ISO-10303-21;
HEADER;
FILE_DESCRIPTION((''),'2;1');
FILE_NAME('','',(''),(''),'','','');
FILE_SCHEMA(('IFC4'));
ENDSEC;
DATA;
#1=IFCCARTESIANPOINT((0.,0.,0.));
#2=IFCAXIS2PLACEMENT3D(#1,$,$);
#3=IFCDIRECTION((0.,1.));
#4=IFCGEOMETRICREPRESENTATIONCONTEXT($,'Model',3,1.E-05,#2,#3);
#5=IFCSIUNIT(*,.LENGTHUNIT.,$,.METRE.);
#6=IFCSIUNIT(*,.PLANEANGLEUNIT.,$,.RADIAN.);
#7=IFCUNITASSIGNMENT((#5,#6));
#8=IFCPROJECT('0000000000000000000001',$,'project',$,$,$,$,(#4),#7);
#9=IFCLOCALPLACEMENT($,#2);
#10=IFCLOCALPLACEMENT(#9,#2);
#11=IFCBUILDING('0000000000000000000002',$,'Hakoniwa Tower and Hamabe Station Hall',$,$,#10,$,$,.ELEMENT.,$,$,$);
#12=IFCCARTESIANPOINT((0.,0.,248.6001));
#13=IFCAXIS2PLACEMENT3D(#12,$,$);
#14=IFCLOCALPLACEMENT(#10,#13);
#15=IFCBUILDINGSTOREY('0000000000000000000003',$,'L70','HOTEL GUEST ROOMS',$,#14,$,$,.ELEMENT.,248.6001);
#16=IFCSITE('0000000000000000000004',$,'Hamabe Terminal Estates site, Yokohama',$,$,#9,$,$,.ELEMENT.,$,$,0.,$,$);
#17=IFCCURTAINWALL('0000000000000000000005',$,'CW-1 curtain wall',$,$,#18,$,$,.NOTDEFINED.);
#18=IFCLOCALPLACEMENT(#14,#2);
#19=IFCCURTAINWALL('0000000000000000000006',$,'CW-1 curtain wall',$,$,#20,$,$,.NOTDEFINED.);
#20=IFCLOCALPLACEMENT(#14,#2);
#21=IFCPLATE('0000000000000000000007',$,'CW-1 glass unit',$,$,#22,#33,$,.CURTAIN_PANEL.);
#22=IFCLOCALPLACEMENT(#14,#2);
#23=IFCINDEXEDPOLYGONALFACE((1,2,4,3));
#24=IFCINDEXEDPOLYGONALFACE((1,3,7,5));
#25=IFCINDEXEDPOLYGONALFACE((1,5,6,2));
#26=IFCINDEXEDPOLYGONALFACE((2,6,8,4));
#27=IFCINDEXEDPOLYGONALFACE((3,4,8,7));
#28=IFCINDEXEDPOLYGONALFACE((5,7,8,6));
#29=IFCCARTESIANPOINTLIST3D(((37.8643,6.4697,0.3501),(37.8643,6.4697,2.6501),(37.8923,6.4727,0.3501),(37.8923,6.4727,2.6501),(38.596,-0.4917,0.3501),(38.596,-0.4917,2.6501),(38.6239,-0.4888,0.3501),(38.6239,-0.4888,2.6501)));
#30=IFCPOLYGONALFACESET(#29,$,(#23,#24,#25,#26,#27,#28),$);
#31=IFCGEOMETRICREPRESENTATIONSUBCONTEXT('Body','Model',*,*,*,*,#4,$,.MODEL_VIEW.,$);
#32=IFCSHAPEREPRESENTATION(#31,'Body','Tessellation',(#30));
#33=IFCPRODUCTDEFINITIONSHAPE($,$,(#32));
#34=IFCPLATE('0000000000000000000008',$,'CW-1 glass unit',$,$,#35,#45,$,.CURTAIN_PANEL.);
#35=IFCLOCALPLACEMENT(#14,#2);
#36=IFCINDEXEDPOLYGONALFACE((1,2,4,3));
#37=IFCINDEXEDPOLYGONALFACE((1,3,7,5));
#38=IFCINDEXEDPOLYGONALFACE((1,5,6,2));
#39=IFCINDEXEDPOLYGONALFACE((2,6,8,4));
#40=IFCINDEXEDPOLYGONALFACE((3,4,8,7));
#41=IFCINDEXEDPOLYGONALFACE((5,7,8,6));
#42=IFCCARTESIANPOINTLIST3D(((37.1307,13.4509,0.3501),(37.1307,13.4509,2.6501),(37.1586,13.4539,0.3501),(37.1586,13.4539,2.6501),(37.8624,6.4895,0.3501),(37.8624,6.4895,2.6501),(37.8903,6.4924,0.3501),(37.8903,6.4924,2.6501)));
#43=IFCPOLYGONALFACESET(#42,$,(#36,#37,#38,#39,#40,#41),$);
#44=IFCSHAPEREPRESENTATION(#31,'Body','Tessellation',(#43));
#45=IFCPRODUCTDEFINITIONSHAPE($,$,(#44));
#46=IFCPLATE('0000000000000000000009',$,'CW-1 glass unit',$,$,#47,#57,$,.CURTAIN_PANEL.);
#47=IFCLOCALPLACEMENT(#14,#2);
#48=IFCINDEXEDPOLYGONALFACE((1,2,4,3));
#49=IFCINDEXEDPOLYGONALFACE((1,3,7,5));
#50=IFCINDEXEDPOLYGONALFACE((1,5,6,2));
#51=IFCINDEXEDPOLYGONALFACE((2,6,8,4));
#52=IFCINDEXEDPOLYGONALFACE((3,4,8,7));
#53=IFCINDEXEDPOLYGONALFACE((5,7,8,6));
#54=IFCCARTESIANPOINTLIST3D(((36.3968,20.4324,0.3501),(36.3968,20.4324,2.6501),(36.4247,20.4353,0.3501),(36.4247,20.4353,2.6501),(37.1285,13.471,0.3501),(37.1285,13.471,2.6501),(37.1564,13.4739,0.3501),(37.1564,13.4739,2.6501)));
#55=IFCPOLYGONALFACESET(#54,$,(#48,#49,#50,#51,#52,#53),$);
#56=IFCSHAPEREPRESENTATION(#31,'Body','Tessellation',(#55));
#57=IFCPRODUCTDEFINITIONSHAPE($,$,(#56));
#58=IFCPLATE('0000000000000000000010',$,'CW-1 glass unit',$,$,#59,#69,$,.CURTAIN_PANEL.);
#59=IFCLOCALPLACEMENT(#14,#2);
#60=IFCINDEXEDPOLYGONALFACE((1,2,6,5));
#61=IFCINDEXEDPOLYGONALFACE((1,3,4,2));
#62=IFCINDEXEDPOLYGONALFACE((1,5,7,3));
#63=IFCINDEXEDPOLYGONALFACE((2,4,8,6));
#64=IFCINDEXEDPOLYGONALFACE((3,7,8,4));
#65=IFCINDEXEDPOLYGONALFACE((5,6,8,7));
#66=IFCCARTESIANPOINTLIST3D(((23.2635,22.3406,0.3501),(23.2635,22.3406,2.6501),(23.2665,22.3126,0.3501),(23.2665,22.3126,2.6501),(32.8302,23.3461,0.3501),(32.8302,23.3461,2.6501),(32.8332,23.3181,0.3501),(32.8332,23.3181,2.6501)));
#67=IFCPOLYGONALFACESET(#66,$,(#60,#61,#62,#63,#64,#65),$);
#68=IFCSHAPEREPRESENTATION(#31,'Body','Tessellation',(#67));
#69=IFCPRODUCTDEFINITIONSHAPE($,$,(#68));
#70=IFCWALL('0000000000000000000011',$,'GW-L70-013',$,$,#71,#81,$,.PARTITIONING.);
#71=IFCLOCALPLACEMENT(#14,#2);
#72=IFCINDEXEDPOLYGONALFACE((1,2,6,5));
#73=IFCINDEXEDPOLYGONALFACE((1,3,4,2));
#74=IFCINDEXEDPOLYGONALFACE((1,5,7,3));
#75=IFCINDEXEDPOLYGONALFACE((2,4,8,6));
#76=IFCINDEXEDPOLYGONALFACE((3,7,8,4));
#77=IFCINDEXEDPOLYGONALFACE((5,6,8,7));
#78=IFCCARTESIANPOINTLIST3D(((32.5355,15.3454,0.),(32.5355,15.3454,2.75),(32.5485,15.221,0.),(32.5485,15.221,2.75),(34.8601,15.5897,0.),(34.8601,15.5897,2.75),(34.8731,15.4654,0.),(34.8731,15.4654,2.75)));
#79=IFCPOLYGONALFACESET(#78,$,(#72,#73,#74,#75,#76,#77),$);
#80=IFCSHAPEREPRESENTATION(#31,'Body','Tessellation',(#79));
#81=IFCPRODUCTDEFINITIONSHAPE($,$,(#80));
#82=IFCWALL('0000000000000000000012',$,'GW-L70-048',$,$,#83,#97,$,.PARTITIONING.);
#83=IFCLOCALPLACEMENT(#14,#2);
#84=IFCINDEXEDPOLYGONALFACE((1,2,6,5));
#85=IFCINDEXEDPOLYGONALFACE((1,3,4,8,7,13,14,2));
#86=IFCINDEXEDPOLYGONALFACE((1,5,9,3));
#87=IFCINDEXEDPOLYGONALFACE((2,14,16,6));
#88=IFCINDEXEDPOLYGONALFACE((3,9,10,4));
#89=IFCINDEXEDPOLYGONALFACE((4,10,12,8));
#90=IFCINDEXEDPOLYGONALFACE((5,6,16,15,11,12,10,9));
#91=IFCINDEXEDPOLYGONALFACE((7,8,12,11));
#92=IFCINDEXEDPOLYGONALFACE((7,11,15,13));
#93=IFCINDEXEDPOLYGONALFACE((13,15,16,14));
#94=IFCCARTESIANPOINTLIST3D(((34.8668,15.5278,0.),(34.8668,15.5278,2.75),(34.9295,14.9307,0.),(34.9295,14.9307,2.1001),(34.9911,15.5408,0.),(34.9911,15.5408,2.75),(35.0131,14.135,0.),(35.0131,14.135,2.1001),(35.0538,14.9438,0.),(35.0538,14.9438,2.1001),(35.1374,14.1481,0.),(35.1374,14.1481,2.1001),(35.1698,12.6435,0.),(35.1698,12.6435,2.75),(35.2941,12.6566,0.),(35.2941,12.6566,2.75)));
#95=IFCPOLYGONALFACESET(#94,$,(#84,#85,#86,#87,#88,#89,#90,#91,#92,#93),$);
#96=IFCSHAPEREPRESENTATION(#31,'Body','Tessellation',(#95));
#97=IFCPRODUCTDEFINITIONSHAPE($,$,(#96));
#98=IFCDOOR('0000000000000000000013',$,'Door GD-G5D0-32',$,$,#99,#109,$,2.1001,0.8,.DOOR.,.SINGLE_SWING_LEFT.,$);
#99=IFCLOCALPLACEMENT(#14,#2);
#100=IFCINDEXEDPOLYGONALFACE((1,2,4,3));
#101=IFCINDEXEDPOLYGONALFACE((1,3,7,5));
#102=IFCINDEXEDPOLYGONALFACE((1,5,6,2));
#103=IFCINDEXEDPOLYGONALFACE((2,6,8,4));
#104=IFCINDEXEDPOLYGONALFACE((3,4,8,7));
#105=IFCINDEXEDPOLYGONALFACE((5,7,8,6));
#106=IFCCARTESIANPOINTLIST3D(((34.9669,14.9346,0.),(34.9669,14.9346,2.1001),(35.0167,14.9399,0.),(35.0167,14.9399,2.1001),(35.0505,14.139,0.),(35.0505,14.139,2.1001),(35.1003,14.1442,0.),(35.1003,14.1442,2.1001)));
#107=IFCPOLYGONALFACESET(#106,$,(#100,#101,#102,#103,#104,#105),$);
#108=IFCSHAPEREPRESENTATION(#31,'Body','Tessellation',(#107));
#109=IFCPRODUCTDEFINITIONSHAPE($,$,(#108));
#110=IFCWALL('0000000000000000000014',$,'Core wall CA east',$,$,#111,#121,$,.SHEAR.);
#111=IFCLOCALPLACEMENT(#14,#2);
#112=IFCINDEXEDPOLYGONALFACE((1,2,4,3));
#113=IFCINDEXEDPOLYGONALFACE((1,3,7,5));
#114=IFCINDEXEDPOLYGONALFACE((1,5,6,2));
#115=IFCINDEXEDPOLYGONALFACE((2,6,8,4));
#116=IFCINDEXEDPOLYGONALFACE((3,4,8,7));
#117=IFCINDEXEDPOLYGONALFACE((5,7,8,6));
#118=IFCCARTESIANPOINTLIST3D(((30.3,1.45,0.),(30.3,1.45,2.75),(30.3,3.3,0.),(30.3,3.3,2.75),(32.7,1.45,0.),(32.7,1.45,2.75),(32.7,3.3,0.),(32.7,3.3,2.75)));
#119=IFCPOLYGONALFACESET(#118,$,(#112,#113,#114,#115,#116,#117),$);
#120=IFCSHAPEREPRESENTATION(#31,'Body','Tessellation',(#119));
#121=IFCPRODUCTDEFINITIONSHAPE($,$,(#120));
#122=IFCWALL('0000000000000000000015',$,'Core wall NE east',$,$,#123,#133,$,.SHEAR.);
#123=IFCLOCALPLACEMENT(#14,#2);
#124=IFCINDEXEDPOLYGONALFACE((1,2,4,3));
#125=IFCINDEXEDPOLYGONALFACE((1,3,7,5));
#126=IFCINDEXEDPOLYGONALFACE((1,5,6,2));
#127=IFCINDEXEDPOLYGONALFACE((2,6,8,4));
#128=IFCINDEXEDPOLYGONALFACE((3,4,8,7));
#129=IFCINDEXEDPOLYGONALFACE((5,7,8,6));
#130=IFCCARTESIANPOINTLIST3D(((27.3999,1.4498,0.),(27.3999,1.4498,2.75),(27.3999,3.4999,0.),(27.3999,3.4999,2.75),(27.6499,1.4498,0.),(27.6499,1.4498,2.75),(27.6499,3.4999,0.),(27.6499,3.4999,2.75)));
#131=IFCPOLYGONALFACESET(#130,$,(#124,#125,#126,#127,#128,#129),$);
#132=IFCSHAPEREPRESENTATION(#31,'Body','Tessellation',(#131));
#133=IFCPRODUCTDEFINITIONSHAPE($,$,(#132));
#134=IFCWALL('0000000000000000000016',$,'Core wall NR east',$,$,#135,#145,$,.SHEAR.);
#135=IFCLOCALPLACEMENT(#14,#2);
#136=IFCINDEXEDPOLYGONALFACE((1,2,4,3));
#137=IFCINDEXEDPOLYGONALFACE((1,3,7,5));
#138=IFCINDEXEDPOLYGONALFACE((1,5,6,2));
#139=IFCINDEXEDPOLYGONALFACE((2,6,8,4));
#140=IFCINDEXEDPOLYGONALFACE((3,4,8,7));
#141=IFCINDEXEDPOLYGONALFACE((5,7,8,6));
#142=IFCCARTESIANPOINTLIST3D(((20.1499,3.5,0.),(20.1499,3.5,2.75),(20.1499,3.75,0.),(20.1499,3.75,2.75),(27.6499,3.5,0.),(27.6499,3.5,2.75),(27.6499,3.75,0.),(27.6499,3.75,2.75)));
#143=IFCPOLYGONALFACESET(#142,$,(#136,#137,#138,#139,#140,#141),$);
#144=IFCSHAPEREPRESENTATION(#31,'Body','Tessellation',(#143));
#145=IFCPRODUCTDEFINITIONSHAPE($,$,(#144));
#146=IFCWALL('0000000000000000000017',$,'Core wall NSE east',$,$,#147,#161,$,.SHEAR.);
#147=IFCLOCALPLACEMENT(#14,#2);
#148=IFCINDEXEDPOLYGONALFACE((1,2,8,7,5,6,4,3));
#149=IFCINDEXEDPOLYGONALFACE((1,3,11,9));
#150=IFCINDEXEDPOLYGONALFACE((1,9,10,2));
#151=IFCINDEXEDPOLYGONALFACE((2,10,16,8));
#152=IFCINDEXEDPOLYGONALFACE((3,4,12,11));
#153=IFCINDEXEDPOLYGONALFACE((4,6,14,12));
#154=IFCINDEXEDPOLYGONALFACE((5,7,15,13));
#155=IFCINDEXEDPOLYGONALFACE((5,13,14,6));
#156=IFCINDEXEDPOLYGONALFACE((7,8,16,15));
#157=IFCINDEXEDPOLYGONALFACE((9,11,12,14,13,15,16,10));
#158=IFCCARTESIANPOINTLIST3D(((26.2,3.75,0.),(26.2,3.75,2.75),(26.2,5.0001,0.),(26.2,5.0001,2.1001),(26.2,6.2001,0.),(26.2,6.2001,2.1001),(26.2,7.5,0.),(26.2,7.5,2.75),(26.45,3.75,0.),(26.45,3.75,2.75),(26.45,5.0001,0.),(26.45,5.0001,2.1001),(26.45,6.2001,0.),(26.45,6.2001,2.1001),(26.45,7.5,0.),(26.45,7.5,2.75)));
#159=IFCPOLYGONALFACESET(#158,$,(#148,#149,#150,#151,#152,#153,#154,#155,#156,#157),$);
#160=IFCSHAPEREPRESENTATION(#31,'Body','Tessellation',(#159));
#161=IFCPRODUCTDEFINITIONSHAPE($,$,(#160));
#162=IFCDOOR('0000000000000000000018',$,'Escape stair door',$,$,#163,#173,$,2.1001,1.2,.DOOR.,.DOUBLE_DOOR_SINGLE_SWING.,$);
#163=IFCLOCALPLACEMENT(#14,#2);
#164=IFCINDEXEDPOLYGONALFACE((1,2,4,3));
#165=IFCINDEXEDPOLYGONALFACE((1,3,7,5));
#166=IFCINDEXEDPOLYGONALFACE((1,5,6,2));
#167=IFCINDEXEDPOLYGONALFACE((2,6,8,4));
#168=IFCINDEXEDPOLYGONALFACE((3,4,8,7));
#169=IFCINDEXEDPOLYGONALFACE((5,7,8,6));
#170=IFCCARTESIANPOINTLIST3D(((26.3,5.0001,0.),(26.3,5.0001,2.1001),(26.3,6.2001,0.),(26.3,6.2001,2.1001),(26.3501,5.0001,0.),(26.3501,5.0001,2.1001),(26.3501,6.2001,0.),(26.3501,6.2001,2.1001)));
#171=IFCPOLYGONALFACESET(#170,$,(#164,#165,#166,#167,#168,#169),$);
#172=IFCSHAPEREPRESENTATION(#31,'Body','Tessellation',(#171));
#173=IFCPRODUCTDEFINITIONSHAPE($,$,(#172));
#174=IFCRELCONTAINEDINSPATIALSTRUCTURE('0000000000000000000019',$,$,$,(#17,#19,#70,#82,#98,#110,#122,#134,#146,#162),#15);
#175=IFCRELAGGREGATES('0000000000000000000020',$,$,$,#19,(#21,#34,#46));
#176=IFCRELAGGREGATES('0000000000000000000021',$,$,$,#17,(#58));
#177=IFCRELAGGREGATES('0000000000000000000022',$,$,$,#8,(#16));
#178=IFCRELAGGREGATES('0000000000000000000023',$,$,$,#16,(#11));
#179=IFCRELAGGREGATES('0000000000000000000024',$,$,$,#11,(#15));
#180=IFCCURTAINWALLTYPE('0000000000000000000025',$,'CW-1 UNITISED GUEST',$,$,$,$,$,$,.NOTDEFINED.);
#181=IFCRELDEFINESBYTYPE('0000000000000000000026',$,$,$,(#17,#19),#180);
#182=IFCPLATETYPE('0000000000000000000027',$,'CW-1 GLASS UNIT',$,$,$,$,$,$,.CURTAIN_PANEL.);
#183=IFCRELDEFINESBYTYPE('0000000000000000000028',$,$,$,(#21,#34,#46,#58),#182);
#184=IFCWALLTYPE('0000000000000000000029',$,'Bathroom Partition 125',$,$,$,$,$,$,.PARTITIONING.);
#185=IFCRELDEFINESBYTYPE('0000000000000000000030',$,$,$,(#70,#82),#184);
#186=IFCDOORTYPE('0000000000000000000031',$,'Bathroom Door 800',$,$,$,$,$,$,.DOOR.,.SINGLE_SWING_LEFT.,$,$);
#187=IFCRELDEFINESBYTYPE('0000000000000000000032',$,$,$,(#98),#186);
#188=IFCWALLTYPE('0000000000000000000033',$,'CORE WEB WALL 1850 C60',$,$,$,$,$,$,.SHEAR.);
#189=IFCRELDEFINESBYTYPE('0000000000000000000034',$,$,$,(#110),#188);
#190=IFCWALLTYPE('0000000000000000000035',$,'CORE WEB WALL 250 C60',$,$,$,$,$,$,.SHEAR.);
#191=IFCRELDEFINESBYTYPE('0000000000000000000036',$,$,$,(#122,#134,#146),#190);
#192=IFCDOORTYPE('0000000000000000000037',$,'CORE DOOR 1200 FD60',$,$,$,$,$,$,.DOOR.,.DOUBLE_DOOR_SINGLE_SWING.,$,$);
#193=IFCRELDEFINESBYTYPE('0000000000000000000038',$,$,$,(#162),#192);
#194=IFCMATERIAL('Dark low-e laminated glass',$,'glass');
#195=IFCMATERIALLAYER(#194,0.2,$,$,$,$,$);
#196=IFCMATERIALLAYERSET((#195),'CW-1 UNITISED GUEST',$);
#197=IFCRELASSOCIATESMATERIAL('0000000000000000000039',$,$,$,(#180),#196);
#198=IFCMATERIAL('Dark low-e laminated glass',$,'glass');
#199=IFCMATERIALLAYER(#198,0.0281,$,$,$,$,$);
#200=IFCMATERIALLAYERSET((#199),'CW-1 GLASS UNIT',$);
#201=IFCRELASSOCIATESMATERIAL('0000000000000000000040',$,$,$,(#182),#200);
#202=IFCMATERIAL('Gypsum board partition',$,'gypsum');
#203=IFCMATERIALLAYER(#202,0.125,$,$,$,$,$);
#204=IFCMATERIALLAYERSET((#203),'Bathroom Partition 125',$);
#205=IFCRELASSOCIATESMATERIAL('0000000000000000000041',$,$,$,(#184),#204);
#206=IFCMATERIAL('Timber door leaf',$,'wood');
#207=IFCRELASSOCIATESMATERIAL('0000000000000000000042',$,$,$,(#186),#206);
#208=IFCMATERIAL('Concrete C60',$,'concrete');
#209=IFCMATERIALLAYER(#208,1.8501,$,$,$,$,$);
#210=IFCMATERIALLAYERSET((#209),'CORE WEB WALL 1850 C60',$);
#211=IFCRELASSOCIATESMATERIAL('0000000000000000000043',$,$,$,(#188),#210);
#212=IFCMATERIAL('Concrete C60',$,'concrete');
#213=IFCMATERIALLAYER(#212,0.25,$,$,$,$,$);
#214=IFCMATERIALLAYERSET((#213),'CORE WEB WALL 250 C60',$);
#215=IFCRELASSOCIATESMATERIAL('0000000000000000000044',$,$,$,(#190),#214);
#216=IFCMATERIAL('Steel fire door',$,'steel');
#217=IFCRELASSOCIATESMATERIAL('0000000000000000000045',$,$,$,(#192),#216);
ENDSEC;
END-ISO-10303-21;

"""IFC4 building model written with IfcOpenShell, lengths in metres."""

from ifc_helpers import new_model, si_unit, direction, frame, frame_2d, origin, origin_2d, place, context, subcontext, project, spatial, rectangle, extrude, material, layer, layer_set, type_object, element, fill, aggregate, save


model = new_model("IFC4")

# Units and contexts
model_context = context("Model", 3, precision=1e-05, world=origin(), true_north=direction((0.0, 1.0)))
body_context = subcontext(model_context, "Body", "Model", "MODEL_VIEW")
ifc_project = project(units=[si_unit("LENGTHUNIT", "METRE"), si_unit("PLANEANGLEUNIT", "RADIAN")], contexts=[model_context])

# Site, building, storey
site_placement = place(None, origin())
site = spatial("IfcSite", under=ifc_project, at=site_placement, Name="Hamabe Terminal Estates site, Yokohama", CompositionType="ELEMENT", RefElevation=0.0)
building_placement = place(site_placement, origin())
building = spatial("IfcBuilding", under=site, at=building_placement, Name="Hakoniwa Tower and Hamabe Station Hall", CompositionType="ELEMENT")
storey_placement = place(building_placement, frame((0.0, 0.0, 248.6001)))
storey = spatial("IfcBuildingStorey", under=building, at=storey_placement, Name="L70", Description="HOTEL GUEST ROOMS", CompositionType="ELEMENT", Elevation=248.6001)

# Curtain wall
ifc_material_1 = material(Name="Dark low-e laminated glass", Category="glass")
ifc_layer_1 = layer(ifc_material_1, 0.2)
ifc_layer_set_1 = layer_set([ifc_layer_1], Name="CW-1 UNITISED GUEST")
curtain_wall_type = type_object("IfcCurtainWallType", Name="CW-1 UNITISED GUEST", PredefinedType="NOTDEFINED", material=ifc_layer_set_1)
curtain_wall_1_placement = place(storey_placement, origin())
curtain_wall_1 = element("IfcCurtainWall", 1, at=curtain_wall_1_placement, inside=storey, type_object=curtain_wall_type, Name="CW-1 curtain wall", PredefinedType="NOTDEFINED")

# Curtain wall
curtain_wall_2_placement = place(storey_placement, origin())
curtain_wall_2 = element("IfcCurtainWall", 2, at=curtain_wall_2_placement, inside=storey, type_object=curtain_wall_type, Name="CW-1 curtain wall", PredefinedType="NOTDEFINED")

# Plates
ifc_material_2 = material(Name="Dark low-e laminated glass", Category="glass")
ifc_layer_2 = layer(ifc_material_2, 0.0281)
ifc_layer_set_2 = layer_set([ifc_layer_2], Name="CW-1 GLASS UNIT")
plate_type = type_object("IfcPlateType", Name="CW-1 GLASS UNIT", PredefinedType="CURTAIN_PANEL", material=ifc_layer_set_2)
plate_1_placement = place(storey_placement, frame((38.2441, 2.9905, 0.3501), z_axis=(0.0, 0.0, 1.0), x_axis=(-0.104528, 0.994522, 0.0)))
plate_1 = element("IfcPlate", 3, at=plate_1_placement, type_object=plate_type, Name="CW-1 glass unit", PredefinedType="CURTAIN_PANEL", context=body_context, shape_type="SweptSolid", body=[
    extrude(rectangle(XDim=6.9998, YDim=0.0281, at=origin_2d()), origin(), (0.0, 0.0, 1.0), 2.3),
])
plate_2_placement = place(storey_placement, frame((37.5105, 9.9717, 0.3501), z_axis=(0.0, 0.0, 1.0), x_axis=(-0.104528, 0.994522, 0.0)))
plate_2 = element("IfcPlate", 4, at=plate_2_placement, type_object=plate_type, Name="CW-1 glass unit", PredefinedType="CURTAIN_PANEL", context=body_context, shape_type="SweptSolid", body=[
    extrude(rectangle(XDim=6.9998, YDim=0.0281, at=origin_2d()), origin(), (0.0, 0.0, 1.0), 2.3),
])
plate_3_placement = place(storey_placement, frame((36.7766, 16.9531, 0.3501), z_axis=(0.0, 0.0, 1.0), x_axis=(-0.104528, 0.994522, 0.0)))
plate_3 = element("IfcPlate", 5, at=plate_3_placement, type_object=plate_type, Name="CW-1 glass unit", PredefinedType="CURTAIN_PANEL", context=body_context, shape_type="SweptSolid", body=[
    extrude(rectangle(XDim=6.9998, YDim=0.0281, at=origin_2d()), origin(), (0.0, 0.0, 1.0), 2.3),
])
aggregate(curtain_wall_2, [plate_1, plate_2, plate_3])
plate_4_placement = place(storey_placement, frame((28.0483, 22.8293, 0.3501), z_axis=(0.0, 0.0, 1.0), x_axis=(-0.994522, -0.104528, 0.0)))
plate_4 = element("IfcPlate", 6, at=plate_4_placement, type_object=plate_type, Name="CW-1 glass unit", PredefinedType="CURTAIN_PANEL", context=body_context, shape_type="SweptSolid", body=[
    extrude(rectangle(XDim=9.6194, YDim=0.0281, at=origin_2d()), origin(), (0.0, 0.0, 1.0), 2.3),
])
aggregate(curtain_wall_1, [plate_4])

# Wall
ifc_material_3 = material(Name="Gypsum board partition", Category="gypsum")
ifc_layer_3 = layer(ifc_material_3, 0.125)
ifc_layer_set_3 = layer_set([ifc_layer_3], Name="Bathroom Partition 125")
wall_type_1 = type_object("IfcWallType", Name="Bathroom Partition 125", PredefinedType="PARTITIONING", material=ifc_layer_set_3)
wall_1_placement = place(storey_placement, frame((32.542, 15.2832, 0.0), z_axis=(0.0, 0.0, 1.0), x_axis=(0.99452, 0.104549, 0.0)))
element("IfcWall", 7, at=wall_1_placement, inside=storey, type_object=wall_type_1, Name="GW-L70-013", PredefinedType="PARTITIONING", context=body_context, shape_type="SweptSolid", body=[
    extrude(rectangle(XDim=2.3374, YDim=0.125, at=frame_2d((1.1687, 0.0))), origin(), (0.0, 0.0, 1.0), 2.75),
])

# Wall, opening, door
wall_2_placement = place(storey_placement, frame((35.2319, 12.6499, 0.0), z_axis=(0.0, 0.0, 1.0), x_axis=(-0.10447, 0.994528, 0.0)))
wall_2 = element("IfcWall", 8, at=wall_2_placement, inside=storey, type_object=wall_type_1, Name="GW-L70-048", PredefinedType="PARTITIONING", context=body_context, shape_type="SweptSolid", body=[
    extrude(rectangle(XDim=2.9001, YDim=0.125, at=frame_2d((1.4502, 0.0))), origin(), (0.0, 0.0, 1.0), 2.75),
])
opening_1_placement = place(wall_2_placement, frame((1.5, 0.0, 0.0)))
opening_1 = element("IfcOpeningElement", 9, at=opening_1_placement, cuts=wall_2, PredefinedType="OPENING", context=body_context, shape_type="SweptSolid", body=[
    extrude(rectangle(XDim=0.8, YDim=2.1001, at=frame_2d((0.3999, 1.05))), frame((0.0, 0.0725, 0.0), z_axis=(0.0, -1.0, 0.0), x_axis=(1.0, 0.0, 0.0)), (0.0, 0.0, 1.0), 0.145),
])
ifc_material_4 = material(Name="Timber door leaf", Category="wood")
door_type_1 = type_object("IfcDoorType", Name="Bathroom Door 800", OperationType="SINGLE_SWING_LEFT", PredefinedType="DOOR", material=ifc_material_4)
door_1_placement = place(opening_1_placement, origin())
door_1 = element("IfcDoor", 10, at=door_1_placement, inside=storey, type_object=door_type_1, Name="Door GD-G5D0-32", OperationType="SINGLE_SWING_LEFT", OverallHeight=2.1001, OverallWidth=0.8, PredefinedType="DOOR", context=body_context, shape_type="SweptSolid", body=[
    extrude(rectangle(XDim=0.8, YDim=2.1001, at=frame_2d((0.3999, 1.05))), frame((0.0, 0.0249, 0.0), z_axis=(0.0, -1.0, 0.0), x_axis=(1.0, 0.0, 0.0)), (0.0, 0.0, 1.0), 0.05),
])
fill(opening_1, door_1)

# Walls
ifc_material_5 = material(Name="Concrete C60", Category="concrete")
ifc_layer_4 = layer(ifc_material_5, 1.8501)
ifc_layer_set_4 = layer_set([ifc_layer_4], Name="CORE WEB WALL 1850 C60")
wall_type_2 = type_object("IfcWallType", Name="CORE WEB WALL 1850 C60", PredefinedType="SHEAR", material=ifc_layer_set_4)
wall_3_placement = place(storey_placement, frame((30.3, 2.375, 0.0), z_axis=(0.0, 0.0, 1.0), x_axis=(1.0, 0.0, 0.0)))
element("IfcWall", 11, at=wall_3_placement, inside=storey, type_object=wall_type_2, Name="Core wall CA east", PredefinedType="SHEAR", context=body_context, shape_type="SweptSolid", body=[
    extrude(rectangle(XDim=2.3999, YDim=1.8501, at=frame_2d((1.2, 0.0))), origin(), (0.0, 0.0, 1.0), 2.75),
])
ifc_material_6 = material(Name="Concrete C60", Category="concrete")
ifc_layer_5 = layer(ifc_material_6, 0.25)
ifc_layer_set_5 = layer_set([ifc_layer_5], Name="CORE WEB WALL 250 C60")
wall_type_3 = type_object("IfcWallType", Name="CORE WEB WALL 250 C60", PredefinedType="SHEAR", material=ifc_layer_set_5)
wall_4_placement = place(storey_placement, frame((27.5249, 1.45, 0.0), z_axis=(0.0, 0.0, 1.0), x_axis=(0.0, 1.0, 0.0)))
element("IfcWall", 12, at=wall_4_placement, inside=storey, type_object=wall_type_3, Name="Core wall NE east", PredefinedType="SHEAR", context=body_context, shape_type="SweptSolid", body=[
    extrude(rectangle(XDim=2.05, YDim=0.25, at=frame_2d((1.0249, 0.0))), origin(), (0.0, 0.0, 1.0), 2.75),
])
wall_5_placement = place(storey_placement, frame((20.1499, 3.625, 0.0), z_axis=(0.0, 0.0, 1.0), x_axis=(1.0, 0.0, 0.0)))
element("IfcWall", 13, at=wall_5_placement, inside=storey, type_object=wall_type_3, Name="Core wall NR east", PredefinedType="SHEAR", context=body_context, shape_type="SweptSolid", body=[
    extrude(rectangle(XDim=7.5, YDim=0.25, at=frame_2d((3.75, 0.0))), origin(), (0.0, 0.0, 1.0), 2.75),
])

# Wall, opening, door
wall_6_placement = place(storey_placement, frame((26.325, 3.75, 0.0), z_axis=(0.0, 0.0, 1.0), x_axis=(0.0, 1.0, 0.0)))
wall_6 = element("IfcWall", 14, at=wall_6_placement, inside=storey, type_object=wall_type_3, Name="Core wall NSE east", PredefinedType="SHEAR", context=body_context, shape_type="SweptSolid", body=[
    extrude(rectangle(XDim=3.75, YDim=0.25, at=frame_2d((1.875, 0.0))), origin(), (0.0, 0.0, 1.0), 2.75),
])
opening_2_placement = place(wall_6_placement, frame((1.25, 0.0, 0.0)))
opening_2 = element("IfcOpeningElement", 15, at=opening_2_placement, cuts=wall_6, PredefinedType="OPENING", context=body_context, shape_type="SweptSolid", body=[
    extrude(rectangle(XDim=1.2, YDim=2.1001, at=frame_2d((0.6001, 1.05))), frame((0.0, 0.135, 0.0), z_axis=(0.0, -1.0, 0.0), x_axis=(1.0, 0.0, 0.0)), (0.0, 0.0, 1.0), 0.27),
])
ifc_material_7 = material(Name="Steel fire door", Category="steel")
door_type_2 = type_object("IfcDoorType", Name="CORE DOOR 1200 FD60", OperationType="DOUBLE_DOOR_SINGLE_SWING", PredefinedType="DOOR", material=ifc_material_7)
door_2_placement = place(opening_2_placement, origin())
door_2 = element("IfcDoor", 16, at=door_2_placement, inside=storey, type_object=door_type_2, Name="Escape stair door", OperationType="DOUBLE_DOOR_SINGLE_SWING", OverallHeight=2.1001, OverallWidth=1.2, PredefinedType="DOOR", context=body_context, shape_type="SweptSolid", body=[
    extrude(rectangle(XDim=1.2, YDim=2.1001, at=frame_2d((0.6001, 1.05))), frame((0.0, 0.0249, 0.0), z_axis=(0.0, -1.0, 0.0), x_axis=(1.0, 0.0, 0.0)), (0.0, 0.0, 1.0), 0.05),
])
fill(opening_2, door_2)

save(model, "model.ifc")
